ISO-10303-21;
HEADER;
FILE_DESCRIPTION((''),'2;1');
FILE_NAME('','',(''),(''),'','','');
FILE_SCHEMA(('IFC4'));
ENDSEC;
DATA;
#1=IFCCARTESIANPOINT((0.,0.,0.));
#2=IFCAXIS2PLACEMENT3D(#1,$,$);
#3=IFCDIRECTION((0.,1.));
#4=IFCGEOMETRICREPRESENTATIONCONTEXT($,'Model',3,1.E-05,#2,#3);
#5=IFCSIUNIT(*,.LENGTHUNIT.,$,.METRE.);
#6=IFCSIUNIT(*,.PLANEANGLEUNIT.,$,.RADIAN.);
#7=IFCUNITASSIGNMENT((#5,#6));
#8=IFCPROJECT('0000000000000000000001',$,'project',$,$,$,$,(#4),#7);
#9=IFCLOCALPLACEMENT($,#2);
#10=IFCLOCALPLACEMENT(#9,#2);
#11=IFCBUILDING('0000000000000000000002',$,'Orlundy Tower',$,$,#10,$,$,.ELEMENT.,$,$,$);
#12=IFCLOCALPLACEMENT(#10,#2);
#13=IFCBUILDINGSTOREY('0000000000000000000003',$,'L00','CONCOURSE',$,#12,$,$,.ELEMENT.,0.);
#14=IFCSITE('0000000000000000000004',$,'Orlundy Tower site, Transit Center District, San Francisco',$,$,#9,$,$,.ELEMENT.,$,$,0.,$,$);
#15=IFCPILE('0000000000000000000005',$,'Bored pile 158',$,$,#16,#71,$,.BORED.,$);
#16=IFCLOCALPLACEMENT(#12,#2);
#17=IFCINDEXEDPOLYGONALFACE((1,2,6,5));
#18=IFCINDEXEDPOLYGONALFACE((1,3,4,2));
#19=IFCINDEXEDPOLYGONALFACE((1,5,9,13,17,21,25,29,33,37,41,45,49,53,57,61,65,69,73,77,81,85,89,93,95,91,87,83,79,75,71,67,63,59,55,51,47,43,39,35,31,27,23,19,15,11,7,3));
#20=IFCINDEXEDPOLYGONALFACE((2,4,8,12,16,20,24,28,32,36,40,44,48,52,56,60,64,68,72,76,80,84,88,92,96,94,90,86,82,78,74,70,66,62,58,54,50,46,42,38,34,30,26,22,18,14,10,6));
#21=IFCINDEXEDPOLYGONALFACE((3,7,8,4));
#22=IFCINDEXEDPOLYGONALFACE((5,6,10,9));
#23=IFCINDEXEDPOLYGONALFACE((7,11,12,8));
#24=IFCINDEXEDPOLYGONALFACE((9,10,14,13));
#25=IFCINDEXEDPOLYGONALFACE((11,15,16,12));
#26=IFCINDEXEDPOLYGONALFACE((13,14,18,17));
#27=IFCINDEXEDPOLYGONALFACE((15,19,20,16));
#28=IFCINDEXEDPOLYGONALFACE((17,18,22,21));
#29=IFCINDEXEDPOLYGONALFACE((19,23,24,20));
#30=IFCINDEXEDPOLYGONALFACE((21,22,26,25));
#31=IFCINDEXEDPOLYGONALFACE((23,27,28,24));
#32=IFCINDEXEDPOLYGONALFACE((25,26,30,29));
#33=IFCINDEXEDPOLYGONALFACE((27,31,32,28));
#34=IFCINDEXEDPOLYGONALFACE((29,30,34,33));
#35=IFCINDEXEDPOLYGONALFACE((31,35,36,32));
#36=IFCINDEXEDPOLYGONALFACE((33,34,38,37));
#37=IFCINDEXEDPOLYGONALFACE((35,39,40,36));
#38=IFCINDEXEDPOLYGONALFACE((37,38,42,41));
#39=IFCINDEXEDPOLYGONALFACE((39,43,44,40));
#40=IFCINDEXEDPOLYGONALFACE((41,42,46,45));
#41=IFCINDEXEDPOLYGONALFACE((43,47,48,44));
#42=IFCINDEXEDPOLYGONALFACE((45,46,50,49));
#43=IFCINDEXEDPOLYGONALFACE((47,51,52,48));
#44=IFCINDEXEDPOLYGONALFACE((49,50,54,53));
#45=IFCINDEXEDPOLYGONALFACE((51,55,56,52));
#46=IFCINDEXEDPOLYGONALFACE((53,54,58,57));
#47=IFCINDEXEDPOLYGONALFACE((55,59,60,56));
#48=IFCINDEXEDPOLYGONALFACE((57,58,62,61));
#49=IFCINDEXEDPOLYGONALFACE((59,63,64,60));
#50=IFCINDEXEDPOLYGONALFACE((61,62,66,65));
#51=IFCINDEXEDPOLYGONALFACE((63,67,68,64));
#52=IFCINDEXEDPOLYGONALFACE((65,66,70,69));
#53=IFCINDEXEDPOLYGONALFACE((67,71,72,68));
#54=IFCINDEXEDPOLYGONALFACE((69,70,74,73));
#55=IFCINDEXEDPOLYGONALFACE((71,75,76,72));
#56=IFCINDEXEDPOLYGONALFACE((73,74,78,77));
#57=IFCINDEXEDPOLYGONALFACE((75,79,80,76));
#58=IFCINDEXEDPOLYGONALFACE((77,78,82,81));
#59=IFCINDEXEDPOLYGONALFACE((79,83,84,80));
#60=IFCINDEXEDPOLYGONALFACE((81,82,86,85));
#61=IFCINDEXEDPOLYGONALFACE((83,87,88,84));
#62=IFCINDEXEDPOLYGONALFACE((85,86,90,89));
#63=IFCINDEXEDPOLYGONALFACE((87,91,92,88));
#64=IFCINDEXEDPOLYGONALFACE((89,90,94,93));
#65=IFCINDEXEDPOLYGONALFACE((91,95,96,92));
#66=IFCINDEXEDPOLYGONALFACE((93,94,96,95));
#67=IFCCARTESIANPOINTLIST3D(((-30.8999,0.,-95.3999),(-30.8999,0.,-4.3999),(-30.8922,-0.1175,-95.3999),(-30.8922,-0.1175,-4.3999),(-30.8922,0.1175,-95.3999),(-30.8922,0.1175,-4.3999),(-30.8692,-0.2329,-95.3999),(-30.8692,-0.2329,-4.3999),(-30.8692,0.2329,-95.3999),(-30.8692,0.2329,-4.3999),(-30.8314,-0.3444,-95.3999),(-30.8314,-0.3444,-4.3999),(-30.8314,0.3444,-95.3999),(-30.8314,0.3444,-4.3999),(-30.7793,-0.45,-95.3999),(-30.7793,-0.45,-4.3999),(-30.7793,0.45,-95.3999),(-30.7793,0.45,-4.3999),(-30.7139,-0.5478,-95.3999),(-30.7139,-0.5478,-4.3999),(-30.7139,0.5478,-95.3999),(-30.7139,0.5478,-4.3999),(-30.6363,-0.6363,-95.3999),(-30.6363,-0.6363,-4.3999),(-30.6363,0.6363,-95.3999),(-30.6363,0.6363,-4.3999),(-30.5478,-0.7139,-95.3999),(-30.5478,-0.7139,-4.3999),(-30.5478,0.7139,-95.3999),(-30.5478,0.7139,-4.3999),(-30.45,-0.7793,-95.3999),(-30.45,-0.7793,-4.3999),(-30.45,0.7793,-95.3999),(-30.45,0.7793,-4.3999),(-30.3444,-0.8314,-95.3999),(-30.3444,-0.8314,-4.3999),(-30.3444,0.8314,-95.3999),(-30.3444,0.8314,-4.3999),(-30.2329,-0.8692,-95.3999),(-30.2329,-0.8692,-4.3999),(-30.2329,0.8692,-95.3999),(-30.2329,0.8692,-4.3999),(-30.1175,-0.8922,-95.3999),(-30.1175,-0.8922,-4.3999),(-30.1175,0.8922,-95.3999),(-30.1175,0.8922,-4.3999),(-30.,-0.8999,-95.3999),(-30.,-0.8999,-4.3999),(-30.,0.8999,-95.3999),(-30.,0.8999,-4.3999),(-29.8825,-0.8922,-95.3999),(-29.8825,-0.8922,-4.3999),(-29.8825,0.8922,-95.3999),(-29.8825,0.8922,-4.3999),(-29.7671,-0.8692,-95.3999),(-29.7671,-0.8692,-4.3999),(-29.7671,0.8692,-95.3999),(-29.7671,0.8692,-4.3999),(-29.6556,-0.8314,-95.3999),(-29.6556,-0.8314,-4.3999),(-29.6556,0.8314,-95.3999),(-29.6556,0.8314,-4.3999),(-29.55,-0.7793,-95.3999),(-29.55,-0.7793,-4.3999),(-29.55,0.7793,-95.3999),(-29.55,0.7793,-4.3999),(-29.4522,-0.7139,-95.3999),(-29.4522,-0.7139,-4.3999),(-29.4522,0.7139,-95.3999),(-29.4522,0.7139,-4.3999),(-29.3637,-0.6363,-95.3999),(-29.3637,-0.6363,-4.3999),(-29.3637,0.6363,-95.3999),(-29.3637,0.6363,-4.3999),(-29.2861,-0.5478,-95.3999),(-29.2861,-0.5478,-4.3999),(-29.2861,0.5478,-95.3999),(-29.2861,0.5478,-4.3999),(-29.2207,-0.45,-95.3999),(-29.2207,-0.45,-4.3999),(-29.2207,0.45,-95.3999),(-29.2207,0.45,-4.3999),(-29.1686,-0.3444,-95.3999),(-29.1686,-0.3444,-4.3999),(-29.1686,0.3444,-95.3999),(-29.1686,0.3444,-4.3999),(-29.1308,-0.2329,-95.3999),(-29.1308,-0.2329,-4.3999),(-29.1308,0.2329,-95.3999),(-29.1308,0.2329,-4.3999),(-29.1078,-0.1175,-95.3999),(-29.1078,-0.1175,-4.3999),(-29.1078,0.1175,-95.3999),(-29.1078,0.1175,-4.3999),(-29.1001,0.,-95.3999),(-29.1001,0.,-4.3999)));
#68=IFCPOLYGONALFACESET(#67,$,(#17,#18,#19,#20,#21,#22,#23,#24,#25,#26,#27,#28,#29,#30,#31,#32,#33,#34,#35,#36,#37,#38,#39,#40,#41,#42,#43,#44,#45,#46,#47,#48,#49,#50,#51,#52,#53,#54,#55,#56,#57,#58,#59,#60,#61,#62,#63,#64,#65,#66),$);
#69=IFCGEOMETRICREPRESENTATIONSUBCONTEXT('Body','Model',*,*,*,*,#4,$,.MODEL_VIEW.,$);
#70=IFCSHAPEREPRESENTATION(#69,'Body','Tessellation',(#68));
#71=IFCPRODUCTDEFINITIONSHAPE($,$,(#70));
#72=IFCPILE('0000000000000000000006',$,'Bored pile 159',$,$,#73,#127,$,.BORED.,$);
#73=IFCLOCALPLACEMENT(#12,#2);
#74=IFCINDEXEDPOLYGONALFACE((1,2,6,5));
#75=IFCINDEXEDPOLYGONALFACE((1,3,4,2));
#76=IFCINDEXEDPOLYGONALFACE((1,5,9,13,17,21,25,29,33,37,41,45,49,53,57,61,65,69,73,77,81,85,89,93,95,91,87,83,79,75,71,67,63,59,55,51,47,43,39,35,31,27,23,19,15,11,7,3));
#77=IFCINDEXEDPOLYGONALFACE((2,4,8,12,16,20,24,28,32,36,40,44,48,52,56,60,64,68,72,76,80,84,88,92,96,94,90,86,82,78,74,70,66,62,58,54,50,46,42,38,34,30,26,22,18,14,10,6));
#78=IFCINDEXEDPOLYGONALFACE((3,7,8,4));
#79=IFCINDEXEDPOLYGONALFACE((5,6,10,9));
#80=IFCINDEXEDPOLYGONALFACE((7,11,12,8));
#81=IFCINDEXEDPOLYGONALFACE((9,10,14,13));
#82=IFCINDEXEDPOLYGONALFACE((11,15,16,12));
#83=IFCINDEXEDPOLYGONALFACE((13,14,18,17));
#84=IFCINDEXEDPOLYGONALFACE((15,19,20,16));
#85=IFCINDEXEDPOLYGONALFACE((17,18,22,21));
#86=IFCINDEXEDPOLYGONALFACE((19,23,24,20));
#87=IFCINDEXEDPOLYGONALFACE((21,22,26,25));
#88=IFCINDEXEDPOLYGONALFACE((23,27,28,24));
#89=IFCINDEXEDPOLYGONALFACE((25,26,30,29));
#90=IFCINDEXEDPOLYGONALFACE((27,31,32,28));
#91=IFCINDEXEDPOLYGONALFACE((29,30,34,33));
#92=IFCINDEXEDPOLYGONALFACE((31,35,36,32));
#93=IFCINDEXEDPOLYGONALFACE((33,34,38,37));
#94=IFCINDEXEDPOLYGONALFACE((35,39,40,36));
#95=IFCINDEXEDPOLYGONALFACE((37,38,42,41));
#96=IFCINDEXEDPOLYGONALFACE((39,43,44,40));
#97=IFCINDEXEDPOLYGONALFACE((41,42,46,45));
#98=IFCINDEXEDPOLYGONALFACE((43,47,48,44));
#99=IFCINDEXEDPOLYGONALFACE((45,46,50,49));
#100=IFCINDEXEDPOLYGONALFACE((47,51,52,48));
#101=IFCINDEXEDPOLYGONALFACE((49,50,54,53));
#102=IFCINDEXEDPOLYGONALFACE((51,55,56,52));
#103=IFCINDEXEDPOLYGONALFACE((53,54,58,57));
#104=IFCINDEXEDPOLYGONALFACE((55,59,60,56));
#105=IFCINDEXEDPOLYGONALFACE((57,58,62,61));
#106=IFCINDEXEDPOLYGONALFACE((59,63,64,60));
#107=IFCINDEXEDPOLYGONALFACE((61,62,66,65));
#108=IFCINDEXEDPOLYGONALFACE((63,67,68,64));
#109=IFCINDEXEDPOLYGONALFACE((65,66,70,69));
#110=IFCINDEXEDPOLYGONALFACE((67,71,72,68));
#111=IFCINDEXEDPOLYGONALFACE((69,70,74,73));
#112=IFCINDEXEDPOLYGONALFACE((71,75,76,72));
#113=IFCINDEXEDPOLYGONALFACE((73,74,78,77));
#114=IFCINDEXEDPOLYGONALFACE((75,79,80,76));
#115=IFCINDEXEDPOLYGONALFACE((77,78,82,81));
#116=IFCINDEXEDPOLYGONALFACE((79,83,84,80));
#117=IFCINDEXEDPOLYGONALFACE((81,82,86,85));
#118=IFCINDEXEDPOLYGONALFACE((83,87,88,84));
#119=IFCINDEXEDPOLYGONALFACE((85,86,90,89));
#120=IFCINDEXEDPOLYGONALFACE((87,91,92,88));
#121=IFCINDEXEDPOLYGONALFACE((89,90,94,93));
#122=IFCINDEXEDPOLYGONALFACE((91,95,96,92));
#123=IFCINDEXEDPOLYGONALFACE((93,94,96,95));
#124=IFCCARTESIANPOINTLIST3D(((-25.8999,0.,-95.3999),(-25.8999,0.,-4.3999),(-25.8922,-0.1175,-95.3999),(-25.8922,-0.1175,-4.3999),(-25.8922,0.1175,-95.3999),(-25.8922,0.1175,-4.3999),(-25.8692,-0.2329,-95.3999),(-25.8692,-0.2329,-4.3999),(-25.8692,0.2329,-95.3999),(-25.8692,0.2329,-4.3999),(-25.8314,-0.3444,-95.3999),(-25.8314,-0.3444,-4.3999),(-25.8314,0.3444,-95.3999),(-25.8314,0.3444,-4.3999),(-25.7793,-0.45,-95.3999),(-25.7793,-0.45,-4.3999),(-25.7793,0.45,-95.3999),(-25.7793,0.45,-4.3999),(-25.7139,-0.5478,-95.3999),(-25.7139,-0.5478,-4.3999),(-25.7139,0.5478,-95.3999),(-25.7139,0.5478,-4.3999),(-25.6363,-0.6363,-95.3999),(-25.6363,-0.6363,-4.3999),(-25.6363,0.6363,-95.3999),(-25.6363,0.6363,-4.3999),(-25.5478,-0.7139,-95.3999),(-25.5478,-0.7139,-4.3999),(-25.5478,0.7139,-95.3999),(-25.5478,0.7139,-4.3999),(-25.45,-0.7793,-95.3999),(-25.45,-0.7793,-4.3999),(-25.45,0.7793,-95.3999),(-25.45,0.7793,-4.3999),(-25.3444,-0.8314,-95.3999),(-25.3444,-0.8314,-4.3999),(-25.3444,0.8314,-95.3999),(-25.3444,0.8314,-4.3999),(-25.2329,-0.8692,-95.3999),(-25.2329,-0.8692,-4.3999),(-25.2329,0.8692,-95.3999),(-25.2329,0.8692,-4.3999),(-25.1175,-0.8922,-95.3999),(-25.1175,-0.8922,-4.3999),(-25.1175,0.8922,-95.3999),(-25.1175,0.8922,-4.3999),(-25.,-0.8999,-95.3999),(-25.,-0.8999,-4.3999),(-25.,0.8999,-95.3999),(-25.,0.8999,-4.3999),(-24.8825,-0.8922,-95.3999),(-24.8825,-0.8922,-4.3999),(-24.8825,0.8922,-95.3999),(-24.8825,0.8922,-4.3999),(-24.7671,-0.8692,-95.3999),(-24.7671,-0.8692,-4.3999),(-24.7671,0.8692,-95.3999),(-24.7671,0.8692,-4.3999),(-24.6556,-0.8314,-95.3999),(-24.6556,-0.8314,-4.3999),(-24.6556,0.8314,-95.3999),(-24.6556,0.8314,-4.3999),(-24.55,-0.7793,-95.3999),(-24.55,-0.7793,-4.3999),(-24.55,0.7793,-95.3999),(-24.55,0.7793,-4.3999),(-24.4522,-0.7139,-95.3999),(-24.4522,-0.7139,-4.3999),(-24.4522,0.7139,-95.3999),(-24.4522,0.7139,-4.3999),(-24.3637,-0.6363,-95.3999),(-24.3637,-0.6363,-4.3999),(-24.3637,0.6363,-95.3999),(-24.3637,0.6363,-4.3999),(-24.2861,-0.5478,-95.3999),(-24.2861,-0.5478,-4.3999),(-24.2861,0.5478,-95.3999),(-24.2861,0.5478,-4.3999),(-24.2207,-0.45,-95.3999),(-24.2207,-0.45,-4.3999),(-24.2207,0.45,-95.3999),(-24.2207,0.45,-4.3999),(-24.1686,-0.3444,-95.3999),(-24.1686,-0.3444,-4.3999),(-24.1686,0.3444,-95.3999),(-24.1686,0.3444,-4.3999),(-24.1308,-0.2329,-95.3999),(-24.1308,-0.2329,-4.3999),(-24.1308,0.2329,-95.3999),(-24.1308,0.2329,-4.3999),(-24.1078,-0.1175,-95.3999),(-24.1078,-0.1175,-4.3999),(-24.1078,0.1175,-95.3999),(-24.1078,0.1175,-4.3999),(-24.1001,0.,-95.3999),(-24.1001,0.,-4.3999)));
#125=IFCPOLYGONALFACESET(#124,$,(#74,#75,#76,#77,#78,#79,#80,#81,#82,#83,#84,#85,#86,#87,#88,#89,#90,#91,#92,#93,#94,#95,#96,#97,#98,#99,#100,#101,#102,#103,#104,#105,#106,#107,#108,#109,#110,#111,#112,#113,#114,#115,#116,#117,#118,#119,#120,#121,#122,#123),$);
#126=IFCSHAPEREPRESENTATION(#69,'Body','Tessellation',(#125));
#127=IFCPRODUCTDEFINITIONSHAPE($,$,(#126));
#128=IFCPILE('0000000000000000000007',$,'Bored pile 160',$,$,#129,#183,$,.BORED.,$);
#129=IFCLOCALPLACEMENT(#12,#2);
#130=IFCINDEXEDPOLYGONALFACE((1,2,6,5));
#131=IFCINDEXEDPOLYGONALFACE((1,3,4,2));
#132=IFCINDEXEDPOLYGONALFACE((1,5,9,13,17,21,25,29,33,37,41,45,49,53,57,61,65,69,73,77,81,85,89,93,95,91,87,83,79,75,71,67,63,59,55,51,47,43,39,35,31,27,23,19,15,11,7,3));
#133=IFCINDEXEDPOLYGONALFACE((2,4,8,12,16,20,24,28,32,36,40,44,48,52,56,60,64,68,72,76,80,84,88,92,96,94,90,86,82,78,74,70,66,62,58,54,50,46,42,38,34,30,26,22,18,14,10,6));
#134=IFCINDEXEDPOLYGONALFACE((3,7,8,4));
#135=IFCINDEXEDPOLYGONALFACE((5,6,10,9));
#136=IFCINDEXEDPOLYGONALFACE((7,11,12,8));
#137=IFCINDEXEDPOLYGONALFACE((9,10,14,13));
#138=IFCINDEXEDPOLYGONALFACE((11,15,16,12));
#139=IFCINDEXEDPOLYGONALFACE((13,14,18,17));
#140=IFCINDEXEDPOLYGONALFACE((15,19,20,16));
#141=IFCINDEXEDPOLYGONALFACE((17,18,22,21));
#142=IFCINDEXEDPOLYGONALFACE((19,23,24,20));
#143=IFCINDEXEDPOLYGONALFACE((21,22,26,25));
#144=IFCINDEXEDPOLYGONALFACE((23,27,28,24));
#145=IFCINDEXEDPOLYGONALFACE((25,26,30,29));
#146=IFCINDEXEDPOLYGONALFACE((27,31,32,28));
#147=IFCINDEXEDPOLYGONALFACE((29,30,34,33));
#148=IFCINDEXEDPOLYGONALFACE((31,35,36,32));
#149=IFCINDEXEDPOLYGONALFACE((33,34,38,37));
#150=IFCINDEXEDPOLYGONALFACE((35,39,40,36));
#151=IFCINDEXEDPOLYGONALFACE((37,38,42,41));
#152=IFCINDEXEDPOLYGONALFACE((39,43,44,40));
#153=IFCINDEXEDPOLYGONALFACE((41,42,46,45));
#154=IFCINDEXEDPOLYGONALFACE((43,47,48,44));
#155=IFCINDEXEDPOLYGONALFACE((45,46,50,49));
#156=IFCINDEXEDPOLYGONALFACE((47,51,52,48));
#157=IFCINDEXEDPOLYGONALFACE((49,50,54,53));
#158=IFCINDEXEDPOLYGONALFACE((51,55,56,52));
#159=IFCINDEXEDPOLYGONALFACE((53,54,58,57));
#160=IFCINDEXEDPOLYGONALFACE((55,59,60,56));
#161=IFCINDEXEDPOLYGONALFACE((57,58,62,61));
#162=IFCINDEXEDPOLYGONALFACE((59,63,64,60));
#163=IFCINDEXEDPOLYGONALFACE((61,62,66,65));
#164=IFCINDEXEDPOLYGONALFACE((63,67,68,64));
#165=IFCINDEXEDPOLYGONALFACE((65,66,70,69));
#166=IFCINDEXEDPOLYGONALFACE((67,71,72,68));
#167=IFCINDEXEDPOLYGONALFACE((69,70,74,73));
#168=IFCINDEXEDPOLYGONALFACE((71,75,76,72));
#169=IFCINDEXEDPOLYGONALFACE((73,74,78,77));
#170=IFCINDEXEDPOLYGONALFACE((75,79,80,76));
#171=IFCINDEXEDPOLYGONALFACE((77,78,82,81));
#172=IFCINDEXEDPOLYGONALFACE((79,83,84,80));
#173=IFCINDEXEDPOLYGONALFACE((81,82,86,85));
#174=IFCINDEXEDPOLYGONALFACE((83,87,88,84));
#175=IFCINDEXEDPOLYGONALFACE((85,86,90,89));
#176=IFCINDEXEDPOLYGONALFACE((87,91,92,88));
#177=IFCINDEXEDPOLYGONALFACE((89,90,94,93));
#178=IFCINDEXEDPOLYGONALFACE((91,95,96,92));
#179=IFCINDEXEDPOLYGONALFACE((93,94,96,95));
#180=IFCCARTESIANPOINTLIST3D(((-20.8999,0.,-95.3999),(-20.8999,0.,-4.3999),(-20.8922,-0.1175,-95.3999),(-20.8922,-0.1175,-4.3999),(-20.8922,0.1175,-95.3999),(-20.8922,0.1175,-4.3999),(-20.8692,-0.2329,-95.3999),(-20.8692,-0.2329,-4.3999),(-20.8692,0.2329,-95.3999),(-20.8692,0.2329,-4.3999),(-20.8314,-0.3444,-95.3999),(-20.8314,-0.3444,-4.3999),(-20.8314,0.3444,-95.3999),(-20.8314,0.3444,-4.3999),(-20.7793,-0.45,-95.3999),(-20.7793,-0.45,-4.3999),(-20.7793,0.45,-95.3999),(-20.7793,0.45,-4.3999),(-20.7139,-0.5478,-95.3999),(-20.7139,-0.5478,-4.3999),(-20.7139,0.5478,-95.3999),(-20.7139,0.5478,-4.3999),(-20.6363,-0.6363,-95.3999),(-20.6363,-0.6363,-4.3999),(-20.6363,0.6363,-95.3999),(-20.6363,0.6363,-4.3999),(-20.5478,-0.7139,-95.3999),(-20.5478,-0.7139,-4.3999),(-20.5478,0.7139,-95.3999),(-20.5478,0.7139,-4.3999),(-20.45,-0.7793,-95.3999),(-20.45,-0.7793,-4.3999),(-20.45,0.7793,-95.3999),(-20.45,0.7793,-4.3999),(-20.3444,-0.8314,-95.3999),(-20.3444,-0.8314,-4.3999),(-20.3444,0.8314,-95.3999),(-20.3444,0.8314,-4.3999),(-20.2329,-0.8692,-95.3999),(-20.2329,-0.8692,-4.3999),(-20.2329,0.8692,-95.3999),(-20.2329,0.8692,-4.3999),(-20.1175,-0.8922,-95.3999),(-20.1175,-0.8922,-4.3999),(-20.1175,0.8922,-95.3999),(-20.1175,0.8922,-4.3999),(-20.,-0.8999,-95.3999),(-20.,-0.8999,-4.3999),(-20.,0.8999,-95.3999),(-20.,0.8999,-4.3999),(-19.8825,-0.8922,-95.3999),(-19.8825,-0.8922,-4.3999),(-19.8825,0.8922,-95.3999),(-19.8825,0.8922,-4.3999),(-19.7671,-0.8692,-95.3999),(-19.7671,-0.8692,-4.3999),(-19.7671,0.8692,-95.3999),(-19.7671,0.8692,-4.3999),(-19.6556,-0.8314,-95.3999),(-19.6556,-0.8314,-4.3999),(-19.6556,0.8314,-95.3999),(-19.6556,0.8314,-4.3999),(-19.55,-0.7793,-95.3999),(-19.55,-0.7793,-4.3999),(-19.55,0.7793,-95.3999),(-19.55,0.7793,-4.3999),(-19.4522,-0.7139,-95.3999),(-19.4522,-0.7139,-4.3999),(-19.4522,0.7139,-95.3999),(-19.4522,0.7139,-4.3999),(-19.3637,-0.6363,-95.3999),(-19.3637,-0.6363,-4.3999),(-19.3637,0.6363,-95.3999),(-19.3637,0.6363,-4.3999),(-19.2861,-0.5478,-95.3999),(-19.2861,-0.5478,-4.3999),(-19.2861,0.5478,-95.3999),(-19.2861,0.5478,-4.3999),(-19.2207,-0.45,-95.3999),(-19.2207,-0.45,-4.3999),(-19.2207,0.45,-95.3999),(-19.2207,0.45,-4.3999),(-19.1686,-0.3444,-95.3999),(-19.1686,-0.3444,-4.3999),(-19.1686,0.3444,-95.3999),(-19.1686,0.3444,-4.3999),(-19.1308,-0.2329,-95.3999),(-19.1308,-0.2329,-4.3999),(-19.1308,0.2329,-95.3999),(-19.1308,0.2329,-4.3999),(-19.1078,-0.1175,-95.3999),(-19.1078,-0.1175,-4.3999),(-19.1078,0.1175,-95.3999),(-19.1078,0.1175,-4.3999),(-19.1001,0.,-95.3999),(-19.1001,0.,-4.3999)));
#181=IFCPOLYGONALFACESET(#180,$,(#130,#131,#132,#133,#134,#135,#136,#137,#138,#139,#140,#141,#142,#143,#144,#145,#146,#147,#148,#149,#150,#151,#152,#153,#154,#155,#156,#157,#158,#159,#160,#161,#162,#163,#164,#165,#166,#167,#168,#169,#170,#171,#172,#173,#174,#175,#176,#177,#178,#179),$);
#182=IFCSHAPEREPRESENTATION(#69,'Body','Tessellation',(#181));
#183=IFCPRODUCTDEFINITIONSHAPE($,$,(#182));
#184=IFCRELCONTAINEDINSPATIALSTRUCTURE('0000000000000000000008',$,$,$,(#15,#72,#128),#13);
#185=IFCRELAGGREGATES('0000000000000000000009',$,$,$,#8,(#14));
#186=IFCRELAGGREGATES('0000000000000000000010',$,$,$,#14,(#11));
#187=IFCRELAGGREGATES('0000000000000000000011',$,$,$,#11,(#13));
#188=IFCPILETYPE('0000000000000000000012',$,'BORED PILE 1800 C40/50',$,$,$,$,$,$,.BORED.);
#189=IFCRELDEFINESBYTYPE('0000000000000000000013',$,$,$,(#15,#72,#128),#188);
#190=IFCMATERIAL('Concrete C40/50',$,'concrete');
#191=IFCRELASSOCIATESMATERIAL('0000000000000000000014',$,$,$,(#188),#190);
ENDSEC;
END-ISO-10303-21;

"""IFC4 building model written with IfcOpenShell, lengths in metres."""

from ifc_helpers import new_model, si_unit, direction, frame, origin, origin_2d, place, context, subcontext, project, spatial, circle, extrude, material, material_profile, profile_set, type_object, element, save


model = new_model("IFC4")

# Units and contexts
model_context = context("Model", 3, precision=1e-05, world=origin(), true_north=direction((0.0, 1.0)))
body_context = subcontext(model_context, "Body", "Model", "MODEL_VIEW")
ifc_project = project(units=[si_unit("LENGTHUNIT", "METRE"), si_unit("PLANEANGLEUNIT", "RADIAN")], contexts=[model_context])

# Site, building, storey
site_placement = place(None, origin())
site = spatial("IfcSite", under=ifc_project, at=site_placement, Name="Orlundy Tower site, Transit Center District, San Francisco", CompositionType="ELEMENT", RefElevation=0.0)
building_placement = place(site_placement, origin())
building = spatial("IfcBuilding", under=site, at=building_placement, Name="Orlundy Tower", CompositionType="ELEMENT")
storey_placement = place(building_placement, origin())
storey = spatial("IfcBuildingStorey", under=building, at=storey_placement, Name="L00", Description="CONCOURSE", CompositionType="ELEMENT", Elevation=0.0)

# Piles
ifc_material_1 = material(Name="Concrete C40/50", Category="concrete")
ifc_material_profile_1 = material_profile(ifc_material_1, circle(Radius=0.8999, at=origin_2d()), Name="BP1800")
ifc_profile_set_1 = profile_set([ifc_material_profile_1], Name="Concrete C40/50")
pile_type = type_object("IfcPileType", Name="BORED PILE 1800 C40/50", PredefinedType="BORED", material=ifc_profile_set_1)
for number, where, z_axis, x_axis, name in (
    (1, (-30.0, 0.0, -4.3999), (0.0, 0.0, -1.0), (1.0, 0.0, 0.0), "Bored pile 158"),
    (2, (-25.0, 0.0, -4.3999), (0.0, 0.0, -1.0), (1.0, 0.0, 0.0), "Bored pile 159"),
    (3, (-20.0, 0.0, -4.3999), (0.0, 0.0, -1.0), (1.0, 0.0, 0.0), "Bored pile 160"),
):
    element("IfcPile", number, at=place(storey_placement, frame(where, z_axis=z_axis, x_axis=x_axis)), inside=storey, type_object=pile_type, Name=name, PredefinedType="BORED", context=body_context, shape_type="SweptSolid", body=[
        extrude(circle(Radius=0.8999, at=origin_2d()), origin(), (0.0, 0.0, 1.0), 91.0),
    ])

save(model, "model.ifc")
